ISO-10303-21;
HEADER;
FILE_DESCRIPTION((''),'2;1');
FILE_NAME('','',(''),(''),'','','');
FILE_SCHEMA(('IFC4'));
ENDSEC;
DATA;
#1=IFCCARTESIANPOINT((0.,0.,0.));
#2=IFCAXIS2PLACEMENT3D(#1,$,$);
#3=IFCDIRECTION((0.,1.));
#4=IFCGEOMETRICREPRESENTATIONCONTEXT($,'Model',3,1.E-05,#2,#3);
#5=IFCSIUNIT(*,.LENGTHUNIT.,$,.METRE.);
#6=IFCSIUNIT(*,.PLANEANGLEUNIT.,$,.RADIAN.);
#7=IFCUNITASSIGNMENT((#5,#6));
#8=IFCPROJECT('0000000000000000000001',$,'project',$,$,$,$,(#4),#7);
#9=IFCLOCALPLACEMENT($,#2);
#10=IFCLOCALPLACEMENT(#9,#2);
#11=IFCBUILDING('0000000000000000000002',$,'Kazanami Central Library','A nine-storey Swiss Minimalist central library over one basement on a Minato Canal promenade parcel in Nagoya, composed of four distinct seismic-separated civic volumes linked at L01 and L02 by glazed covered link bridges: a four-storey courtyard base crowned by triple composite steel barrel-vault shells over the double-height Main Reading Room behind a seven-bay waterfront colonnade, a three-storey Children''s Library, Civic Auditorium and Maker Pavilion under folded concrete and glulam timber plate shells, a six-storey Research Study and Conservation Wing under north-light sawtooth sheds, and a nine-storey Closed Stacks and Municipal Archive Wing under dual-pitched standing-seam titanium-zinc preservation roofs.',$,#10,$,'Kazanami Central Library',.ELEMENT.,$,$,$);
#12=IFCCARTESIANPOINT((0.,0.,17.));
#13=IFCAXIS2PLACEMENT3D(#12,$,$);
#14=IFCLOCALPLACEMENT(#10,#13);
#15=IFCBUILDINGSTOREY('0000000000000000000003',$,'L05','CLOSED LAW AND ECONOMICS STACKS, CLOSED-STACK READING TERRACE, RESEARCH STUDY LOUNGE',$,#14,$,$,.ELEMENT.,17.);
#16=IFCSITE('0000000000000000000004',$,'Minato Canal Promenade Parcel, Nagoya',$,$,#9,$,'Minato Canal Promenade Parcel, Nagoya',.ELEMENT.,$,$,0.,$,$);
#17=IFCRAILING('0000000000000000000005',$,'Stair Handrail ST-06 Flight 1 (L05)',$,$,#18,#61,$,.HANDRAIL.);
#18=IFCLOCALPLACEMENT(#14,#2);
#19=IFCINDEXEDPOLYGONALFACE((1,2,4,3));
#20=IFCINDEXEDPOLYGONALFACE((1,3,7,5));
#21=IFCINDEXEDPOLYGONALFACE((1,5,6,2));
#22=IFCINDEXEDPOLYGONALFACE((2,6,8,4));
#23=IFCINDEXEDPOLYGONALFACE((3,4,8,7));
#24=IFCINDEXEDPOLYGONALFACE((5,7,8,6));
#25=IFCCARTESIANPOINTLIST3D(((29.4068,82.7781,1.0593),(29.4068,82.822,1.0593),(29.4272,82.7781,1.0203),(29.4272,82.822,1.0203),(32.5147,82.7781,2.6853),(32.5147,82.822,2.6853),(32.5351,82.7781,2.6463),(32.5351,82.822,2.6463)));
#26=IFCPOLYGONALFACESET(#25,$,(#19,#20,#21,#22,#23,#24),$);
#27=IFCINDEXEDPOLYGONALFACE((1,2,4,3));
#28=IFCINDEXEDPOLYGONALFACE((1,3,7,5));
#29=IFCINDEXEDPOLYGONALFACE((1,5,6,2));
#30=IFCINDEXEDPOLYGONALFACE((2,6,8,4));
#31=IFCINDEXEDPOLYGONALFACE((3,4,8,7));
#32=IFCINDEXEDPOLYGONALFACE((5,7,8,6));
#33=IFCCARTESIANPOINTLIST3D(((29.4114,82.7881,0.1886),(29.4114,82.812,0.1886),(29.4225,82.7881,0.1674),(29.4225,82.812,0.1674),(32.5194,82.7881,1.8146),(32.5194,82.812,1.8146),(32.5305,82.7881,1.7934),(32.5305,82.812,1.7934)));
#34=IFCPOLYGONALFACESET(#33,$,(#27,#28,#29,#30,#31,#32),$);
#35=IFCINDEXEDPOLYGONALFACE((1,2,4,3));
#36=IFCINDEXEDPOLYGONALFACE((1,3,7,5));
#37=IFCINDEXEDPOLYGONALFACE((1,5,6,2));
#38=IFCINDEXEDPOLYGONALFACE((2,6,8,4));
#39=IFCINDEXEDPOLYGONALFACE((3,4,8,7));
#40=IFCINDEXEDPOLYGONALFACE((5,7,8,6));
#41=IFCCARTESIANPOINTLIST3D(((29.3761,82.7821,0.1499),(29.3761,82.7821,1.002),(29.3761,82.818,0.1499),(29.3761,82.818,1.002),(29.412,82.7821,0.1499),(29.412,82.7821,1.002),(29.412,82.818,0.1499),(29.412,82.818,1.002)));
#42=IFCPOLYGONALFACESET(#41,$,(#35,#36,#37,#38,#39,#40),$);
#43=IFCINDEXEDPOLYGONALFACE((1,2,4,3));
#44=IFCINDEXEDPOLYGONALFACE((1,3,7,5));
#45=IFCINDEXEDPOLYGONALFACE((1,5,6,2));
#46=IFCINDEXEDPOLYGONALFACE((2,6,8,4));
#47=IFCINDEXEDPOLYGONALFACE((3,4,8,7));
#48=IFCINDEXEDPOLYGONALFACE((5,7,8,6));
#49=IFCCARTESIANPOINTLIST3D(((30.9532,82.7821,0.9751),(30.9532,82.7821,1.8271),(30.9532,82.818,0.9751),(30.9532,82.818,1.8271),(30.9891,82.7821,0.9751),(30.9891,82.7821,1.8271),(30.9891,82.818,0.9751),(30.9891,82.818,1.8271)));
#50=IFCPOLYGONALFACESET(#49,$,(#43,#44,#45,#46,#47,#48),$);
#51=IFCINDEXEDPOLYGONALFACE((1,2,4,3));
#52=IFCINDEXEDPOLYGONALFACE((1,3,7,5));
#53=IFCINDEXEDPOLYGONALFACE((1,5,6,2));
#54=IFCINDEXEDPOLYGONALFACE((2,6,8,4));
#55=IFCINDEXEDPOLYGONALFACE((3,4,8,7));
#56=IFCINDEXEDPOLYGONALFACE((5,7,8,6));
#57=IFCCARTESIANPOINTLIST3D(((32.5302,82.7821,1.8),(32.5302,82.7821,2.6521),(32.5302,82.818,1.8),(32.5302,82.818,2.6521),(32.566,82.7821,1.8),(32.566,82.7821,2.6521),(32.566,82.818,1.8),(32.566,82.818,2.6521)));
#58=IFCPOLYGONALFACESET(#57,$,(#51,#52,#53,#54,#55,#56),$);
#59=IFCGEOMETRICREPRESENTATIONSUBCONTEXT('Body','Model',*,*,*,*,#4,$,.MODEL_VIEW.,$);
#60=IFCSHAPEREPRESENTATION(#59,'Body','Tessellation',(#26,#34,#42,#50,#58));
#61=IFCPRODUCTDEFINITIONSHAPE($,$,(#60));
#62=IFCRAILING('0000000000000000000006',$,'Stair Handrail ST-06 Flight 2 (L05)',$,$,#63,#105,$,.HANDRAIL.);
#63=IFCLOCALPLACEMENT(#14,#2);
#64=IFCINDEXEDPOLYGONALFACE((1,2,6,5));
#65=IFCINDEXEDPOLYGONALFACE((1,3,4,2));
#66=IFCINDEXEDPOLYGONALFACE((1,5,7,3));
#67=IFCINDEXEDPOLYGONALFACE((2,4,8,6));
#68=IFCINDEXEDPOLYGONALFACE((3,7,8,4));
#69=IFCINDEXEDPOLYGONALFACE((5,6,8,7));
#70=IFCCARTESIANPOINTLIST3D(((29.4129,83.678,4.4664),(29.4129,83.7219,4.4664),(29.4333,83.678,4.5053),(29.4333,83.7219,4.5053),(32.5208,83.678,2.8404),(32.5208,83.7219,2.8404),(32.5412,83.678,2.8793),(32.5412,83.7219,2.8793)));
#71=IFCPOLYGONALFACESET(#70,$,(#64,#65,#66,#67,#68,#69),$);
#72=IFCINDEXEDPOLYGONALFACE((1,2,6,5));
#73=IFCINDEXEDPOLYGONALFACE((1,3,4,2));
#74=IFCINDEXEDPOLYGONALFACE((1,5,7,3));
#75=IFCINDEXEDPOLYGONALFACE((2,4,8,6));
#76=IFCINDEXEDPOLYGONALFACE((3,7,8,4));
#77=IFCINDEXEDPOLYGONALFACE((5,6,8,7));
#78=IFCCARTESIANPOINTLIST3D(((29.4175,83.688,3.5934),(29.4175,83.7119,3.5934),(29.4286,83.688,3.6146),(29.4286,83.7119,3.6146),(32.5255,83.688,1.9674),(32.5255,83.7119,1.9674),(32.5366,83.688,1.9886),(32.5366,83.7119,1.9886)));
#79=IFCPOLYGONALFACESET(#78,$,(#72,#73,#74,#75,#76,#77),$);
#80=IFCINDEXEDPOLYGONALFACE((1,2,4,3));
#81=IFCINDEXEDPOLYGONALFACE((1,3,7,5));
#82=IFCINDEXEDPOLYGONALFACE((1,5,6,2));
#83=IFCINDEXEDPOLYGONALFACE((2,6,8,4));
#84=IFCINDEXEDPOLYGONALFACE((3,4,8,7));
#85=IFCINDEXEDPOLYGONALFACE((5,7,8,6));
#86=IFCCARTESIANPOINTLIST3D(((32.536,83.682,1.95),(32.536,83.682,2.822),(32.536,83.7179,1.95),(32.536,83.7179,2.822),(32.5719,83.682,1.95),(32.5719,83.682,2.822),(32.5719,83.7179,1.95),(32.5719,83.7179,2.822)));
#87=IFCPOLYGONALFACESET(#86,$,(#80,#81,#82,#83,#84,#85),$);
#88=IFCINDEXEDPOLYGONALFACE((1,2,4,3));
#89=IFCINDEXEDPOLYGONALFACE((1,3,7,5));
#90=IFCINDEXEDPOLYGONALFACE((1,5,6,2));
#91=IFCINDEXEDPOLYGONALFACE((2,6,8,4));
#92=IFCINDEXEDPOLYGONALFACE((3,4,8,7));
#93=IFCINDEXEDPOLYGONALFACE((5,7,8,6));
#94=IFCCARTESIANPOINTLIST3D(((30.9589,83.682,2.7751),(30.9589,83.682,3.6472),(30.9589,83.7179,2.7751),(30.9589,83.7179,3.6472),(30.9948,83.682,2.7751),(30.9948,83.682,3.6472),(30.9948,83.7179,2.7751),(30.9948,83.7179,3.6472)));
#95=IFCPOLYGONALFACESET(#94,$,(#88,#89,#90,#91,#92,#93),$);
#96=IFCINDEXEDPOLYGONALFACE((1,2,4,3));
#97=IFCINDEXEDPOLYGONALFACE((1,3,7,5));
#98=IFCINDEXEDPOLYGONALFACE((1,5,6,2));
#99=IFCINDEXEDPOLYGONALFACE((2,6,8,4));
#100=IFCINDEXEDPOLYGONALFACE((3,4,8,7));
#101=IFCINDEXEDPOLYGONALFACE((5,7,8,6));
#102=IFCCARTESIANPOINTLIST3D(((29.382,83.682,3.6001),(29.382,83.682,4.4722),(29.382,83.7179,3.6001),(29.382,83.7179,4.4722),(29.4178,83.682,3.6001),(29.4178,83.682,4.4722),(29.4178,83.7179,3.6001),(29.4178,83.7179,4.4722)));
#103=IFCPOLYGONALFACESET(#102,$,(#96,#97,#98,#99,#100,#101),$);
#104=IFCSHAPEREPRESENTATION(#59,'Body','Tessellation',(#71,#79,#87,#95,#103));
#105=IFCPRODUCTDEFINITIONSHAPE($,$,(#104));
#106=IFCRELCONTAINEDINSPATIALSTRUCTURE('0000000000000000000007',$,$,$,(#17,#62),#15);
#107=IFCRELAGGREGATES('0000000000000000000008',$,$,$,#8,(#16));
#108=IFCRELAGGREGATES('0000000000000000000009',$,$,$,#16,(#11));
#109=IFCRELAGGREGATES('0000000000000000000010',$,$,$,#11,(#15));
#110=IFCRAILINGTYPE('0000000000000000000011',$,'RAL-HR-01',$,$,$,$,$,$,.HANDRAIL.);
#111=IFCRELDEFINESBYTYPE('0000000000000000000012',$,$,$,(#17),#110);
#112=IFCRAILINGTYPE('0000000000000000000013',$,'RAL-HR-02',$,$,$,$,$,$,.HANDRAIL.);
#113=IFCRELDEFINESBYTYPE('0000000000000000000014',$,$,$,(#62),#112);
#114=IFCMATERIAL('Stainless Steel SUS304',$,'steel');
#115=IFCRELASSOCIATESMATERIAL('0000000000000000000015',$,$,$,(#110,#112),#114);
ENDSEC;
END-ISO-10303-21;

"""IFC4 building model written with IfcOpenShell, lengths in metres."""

from ifc_helpers import new_model, si_unit, direction, frame, origin, origin_2d, place, context, subcontext, project, spatial, rectangle, extrude, material, type_object, element, save


model = new_model("IFC4")

# Units and contexts
model_context = context("Model", 3, precision=1e-05, world=origin(), true_north=direction((0.0, 1.0)))
body_context = subcontext(model_context, "Body", "Model", "MODEL_VIEW")
ifc_project = project(units=[si_unit("LENGTHUNIT", "METRE"), si_unit("PLANEANGLEUNIT", "RADIAN")], contexts=[model_context])

# Site, building, storey
site_placement = place(None, origin())
site = spatial("IfcSite", under=ifc_project, at=site_placement, Name="Minato Canal Promenade Parcel, Nagoya", LongName="Minato Canal Promenade Parcel, Nagoya", CompositionType="ELEMENT", RefElevation=0.0)
building_placement = place(site_placement, origin())
building = spatial("IfcBuilding", under=site, at=building_placement, Name="Kazanami Central Library", Description="A nine-storey Swiss Minimalist central library over one basement on a Minato Canal promenade parcel in Nagoya, composed of four distinct seismic-separated civic volumes linked at L01 and L02 by glazed covered link bridges: a four-storey courtyard base crowned by triple composite steel barrel-vault shells over the double-height Main Reading Room behind a seven-bay waterfront colonnade, a three-storey Children's Library, Civic Auditorium and Maker Pavilion under folded concrete and glulam timber plate shells, a six-storey Research Study and Conservation Wing under north-light sawtooth sheds, and a nine-storey Closed Stacks and Municipal Archive Wing under dual-pitched standing-seam titanium-zinc preservation roofs.", LongName="Kazanami Central Library", CompositionType="ELEMENT")
storey_placement = place(building_placement, frame((0.0, 0.0, 17.0)))
storey = spatial("IfcBuildingStorey", under=building, at=storey_placement, Name="L05", Description="CLOSED LAW AND ECONOMICS STACKS, CLOSED-STACK READING TERRACE, RESEARCH STUDY LOUNGE", CompositionType="ELEMENT", Elevation=17.0)

# Railings
ifc_material_1 = material(Name="Stainless Steel SUS304", Category="steel")
railing_type_1 = type_object("IfcRailingType", Name="RAL-HR-01", PredefinedType="HANDRAIL", material=ifc_material_1)
railing_1_placement = place(storey_placement, frame((29.394, 82.8, 0.1499)))
element("IfcRailing", 1, at=railing_1_placement, inside=storey, type_object=railing_type_1, Name="Stair Handrail ST-06 Flight 1 (L05)", PredefinedType="HANDRAIL", context=body_context, shape_type="SweptSolid", body=[
    extrude(rectangle(XDim=0.0439, YDim=0.0439, at=origin_2d()), frame((0.0229, 0.0, 0.8899), z_axis=(0.88606, 0.0, 0.463571), x_axis=(0.0, 1.0, 0.0)), (0.0, 0.0, 1.0), 3.5076),
    extrude(rectangle(XDim=0.0239, YDim=0.0239, at=origin_2d()), frame((0.0229, 0.0, 0.0281), z_axis=(0.88606, 0.0, 0.463571), x_axis=(0.0, 1.0, 0.0)), (0.0, 0.0, 1.0), 3.5076),
    extrude(rectangle(XDim=0.0359, YDim=0.0359, at=origin_2d()), origin(), (0.0, 0.0, 1.0), 0.8521),
    extrude(rectangle(XDim=0.0359, YDim=0.0359, at=origin_2d()), frame((1.5771, 0.0, 0.8252)), (0.0, 0.0, 1.0), 0.8521),
    extrude(rectangle(XDim=0.0359, YDim=0.0359, at=origin_2d()), frame((3.1541, 0.0, 1.6501)), (0.0, 0.0, 1.0), 0.8521),
])
railing_type_2 = type_object("IfcRailingType", Name="RAL-HR-02", PredefinedType="HANDRAIL", material=ifc_material_1)
railing_2_placement = place(storey_placement, frame((32.554, 83.7, 1.95)))
element("IfcRailing", 2, at=railing_2_placement, inside=storey, type_object=railing_type_2, Name="Stair Handrail ST-06 Flight 2 (L05)", PredefinedType="HANDRAIL", context=body_context, shape_type="SweptSolid", body=[
    extrude(rectangle(XDim=0.0439, YDim=0.0439, at=origin_2d()), frame((-0.0229, 0.0, 0.9099), z_axis=(-0.88606, 0.0, 0.463571), x_axis=(0.0, -1.0, 0.0)), (0.0, 0.0, 1.0), 3.5076),
    extrude(rectangle(XDim=0.0239, YDim=0.0239, at=origin_2d()), frame((-0.0229, 0.0, 0.0281), z_axis=(-0.88606, 0.0, 0.463571), x_axis=(0.0, -1.0, 0.0)), (0.0, 0.0, 1.0), 3.5076),
    extrude(rectangle(XDim=0.0359, YDim=0.0359, at=origin_2d()), origin(), (0.0, 0.0, 1.0), 0.8721),
    extrude(rectangle(XDim=0.0359, YDim=0.0359, at=origin_2d()), frame((-1.5771, 0.0, 0.8252)), (0.0, 0.0, 1.0), 0.8721),
    extrude(rectangle(XDim=0.0359, YDim=0.0359, at=origin_2d()), frame((-3.1541, 0.0, 1.6501)), (0.0, 0.0, 1.0), 0.8721),
])

save(model, "model.ifc")
